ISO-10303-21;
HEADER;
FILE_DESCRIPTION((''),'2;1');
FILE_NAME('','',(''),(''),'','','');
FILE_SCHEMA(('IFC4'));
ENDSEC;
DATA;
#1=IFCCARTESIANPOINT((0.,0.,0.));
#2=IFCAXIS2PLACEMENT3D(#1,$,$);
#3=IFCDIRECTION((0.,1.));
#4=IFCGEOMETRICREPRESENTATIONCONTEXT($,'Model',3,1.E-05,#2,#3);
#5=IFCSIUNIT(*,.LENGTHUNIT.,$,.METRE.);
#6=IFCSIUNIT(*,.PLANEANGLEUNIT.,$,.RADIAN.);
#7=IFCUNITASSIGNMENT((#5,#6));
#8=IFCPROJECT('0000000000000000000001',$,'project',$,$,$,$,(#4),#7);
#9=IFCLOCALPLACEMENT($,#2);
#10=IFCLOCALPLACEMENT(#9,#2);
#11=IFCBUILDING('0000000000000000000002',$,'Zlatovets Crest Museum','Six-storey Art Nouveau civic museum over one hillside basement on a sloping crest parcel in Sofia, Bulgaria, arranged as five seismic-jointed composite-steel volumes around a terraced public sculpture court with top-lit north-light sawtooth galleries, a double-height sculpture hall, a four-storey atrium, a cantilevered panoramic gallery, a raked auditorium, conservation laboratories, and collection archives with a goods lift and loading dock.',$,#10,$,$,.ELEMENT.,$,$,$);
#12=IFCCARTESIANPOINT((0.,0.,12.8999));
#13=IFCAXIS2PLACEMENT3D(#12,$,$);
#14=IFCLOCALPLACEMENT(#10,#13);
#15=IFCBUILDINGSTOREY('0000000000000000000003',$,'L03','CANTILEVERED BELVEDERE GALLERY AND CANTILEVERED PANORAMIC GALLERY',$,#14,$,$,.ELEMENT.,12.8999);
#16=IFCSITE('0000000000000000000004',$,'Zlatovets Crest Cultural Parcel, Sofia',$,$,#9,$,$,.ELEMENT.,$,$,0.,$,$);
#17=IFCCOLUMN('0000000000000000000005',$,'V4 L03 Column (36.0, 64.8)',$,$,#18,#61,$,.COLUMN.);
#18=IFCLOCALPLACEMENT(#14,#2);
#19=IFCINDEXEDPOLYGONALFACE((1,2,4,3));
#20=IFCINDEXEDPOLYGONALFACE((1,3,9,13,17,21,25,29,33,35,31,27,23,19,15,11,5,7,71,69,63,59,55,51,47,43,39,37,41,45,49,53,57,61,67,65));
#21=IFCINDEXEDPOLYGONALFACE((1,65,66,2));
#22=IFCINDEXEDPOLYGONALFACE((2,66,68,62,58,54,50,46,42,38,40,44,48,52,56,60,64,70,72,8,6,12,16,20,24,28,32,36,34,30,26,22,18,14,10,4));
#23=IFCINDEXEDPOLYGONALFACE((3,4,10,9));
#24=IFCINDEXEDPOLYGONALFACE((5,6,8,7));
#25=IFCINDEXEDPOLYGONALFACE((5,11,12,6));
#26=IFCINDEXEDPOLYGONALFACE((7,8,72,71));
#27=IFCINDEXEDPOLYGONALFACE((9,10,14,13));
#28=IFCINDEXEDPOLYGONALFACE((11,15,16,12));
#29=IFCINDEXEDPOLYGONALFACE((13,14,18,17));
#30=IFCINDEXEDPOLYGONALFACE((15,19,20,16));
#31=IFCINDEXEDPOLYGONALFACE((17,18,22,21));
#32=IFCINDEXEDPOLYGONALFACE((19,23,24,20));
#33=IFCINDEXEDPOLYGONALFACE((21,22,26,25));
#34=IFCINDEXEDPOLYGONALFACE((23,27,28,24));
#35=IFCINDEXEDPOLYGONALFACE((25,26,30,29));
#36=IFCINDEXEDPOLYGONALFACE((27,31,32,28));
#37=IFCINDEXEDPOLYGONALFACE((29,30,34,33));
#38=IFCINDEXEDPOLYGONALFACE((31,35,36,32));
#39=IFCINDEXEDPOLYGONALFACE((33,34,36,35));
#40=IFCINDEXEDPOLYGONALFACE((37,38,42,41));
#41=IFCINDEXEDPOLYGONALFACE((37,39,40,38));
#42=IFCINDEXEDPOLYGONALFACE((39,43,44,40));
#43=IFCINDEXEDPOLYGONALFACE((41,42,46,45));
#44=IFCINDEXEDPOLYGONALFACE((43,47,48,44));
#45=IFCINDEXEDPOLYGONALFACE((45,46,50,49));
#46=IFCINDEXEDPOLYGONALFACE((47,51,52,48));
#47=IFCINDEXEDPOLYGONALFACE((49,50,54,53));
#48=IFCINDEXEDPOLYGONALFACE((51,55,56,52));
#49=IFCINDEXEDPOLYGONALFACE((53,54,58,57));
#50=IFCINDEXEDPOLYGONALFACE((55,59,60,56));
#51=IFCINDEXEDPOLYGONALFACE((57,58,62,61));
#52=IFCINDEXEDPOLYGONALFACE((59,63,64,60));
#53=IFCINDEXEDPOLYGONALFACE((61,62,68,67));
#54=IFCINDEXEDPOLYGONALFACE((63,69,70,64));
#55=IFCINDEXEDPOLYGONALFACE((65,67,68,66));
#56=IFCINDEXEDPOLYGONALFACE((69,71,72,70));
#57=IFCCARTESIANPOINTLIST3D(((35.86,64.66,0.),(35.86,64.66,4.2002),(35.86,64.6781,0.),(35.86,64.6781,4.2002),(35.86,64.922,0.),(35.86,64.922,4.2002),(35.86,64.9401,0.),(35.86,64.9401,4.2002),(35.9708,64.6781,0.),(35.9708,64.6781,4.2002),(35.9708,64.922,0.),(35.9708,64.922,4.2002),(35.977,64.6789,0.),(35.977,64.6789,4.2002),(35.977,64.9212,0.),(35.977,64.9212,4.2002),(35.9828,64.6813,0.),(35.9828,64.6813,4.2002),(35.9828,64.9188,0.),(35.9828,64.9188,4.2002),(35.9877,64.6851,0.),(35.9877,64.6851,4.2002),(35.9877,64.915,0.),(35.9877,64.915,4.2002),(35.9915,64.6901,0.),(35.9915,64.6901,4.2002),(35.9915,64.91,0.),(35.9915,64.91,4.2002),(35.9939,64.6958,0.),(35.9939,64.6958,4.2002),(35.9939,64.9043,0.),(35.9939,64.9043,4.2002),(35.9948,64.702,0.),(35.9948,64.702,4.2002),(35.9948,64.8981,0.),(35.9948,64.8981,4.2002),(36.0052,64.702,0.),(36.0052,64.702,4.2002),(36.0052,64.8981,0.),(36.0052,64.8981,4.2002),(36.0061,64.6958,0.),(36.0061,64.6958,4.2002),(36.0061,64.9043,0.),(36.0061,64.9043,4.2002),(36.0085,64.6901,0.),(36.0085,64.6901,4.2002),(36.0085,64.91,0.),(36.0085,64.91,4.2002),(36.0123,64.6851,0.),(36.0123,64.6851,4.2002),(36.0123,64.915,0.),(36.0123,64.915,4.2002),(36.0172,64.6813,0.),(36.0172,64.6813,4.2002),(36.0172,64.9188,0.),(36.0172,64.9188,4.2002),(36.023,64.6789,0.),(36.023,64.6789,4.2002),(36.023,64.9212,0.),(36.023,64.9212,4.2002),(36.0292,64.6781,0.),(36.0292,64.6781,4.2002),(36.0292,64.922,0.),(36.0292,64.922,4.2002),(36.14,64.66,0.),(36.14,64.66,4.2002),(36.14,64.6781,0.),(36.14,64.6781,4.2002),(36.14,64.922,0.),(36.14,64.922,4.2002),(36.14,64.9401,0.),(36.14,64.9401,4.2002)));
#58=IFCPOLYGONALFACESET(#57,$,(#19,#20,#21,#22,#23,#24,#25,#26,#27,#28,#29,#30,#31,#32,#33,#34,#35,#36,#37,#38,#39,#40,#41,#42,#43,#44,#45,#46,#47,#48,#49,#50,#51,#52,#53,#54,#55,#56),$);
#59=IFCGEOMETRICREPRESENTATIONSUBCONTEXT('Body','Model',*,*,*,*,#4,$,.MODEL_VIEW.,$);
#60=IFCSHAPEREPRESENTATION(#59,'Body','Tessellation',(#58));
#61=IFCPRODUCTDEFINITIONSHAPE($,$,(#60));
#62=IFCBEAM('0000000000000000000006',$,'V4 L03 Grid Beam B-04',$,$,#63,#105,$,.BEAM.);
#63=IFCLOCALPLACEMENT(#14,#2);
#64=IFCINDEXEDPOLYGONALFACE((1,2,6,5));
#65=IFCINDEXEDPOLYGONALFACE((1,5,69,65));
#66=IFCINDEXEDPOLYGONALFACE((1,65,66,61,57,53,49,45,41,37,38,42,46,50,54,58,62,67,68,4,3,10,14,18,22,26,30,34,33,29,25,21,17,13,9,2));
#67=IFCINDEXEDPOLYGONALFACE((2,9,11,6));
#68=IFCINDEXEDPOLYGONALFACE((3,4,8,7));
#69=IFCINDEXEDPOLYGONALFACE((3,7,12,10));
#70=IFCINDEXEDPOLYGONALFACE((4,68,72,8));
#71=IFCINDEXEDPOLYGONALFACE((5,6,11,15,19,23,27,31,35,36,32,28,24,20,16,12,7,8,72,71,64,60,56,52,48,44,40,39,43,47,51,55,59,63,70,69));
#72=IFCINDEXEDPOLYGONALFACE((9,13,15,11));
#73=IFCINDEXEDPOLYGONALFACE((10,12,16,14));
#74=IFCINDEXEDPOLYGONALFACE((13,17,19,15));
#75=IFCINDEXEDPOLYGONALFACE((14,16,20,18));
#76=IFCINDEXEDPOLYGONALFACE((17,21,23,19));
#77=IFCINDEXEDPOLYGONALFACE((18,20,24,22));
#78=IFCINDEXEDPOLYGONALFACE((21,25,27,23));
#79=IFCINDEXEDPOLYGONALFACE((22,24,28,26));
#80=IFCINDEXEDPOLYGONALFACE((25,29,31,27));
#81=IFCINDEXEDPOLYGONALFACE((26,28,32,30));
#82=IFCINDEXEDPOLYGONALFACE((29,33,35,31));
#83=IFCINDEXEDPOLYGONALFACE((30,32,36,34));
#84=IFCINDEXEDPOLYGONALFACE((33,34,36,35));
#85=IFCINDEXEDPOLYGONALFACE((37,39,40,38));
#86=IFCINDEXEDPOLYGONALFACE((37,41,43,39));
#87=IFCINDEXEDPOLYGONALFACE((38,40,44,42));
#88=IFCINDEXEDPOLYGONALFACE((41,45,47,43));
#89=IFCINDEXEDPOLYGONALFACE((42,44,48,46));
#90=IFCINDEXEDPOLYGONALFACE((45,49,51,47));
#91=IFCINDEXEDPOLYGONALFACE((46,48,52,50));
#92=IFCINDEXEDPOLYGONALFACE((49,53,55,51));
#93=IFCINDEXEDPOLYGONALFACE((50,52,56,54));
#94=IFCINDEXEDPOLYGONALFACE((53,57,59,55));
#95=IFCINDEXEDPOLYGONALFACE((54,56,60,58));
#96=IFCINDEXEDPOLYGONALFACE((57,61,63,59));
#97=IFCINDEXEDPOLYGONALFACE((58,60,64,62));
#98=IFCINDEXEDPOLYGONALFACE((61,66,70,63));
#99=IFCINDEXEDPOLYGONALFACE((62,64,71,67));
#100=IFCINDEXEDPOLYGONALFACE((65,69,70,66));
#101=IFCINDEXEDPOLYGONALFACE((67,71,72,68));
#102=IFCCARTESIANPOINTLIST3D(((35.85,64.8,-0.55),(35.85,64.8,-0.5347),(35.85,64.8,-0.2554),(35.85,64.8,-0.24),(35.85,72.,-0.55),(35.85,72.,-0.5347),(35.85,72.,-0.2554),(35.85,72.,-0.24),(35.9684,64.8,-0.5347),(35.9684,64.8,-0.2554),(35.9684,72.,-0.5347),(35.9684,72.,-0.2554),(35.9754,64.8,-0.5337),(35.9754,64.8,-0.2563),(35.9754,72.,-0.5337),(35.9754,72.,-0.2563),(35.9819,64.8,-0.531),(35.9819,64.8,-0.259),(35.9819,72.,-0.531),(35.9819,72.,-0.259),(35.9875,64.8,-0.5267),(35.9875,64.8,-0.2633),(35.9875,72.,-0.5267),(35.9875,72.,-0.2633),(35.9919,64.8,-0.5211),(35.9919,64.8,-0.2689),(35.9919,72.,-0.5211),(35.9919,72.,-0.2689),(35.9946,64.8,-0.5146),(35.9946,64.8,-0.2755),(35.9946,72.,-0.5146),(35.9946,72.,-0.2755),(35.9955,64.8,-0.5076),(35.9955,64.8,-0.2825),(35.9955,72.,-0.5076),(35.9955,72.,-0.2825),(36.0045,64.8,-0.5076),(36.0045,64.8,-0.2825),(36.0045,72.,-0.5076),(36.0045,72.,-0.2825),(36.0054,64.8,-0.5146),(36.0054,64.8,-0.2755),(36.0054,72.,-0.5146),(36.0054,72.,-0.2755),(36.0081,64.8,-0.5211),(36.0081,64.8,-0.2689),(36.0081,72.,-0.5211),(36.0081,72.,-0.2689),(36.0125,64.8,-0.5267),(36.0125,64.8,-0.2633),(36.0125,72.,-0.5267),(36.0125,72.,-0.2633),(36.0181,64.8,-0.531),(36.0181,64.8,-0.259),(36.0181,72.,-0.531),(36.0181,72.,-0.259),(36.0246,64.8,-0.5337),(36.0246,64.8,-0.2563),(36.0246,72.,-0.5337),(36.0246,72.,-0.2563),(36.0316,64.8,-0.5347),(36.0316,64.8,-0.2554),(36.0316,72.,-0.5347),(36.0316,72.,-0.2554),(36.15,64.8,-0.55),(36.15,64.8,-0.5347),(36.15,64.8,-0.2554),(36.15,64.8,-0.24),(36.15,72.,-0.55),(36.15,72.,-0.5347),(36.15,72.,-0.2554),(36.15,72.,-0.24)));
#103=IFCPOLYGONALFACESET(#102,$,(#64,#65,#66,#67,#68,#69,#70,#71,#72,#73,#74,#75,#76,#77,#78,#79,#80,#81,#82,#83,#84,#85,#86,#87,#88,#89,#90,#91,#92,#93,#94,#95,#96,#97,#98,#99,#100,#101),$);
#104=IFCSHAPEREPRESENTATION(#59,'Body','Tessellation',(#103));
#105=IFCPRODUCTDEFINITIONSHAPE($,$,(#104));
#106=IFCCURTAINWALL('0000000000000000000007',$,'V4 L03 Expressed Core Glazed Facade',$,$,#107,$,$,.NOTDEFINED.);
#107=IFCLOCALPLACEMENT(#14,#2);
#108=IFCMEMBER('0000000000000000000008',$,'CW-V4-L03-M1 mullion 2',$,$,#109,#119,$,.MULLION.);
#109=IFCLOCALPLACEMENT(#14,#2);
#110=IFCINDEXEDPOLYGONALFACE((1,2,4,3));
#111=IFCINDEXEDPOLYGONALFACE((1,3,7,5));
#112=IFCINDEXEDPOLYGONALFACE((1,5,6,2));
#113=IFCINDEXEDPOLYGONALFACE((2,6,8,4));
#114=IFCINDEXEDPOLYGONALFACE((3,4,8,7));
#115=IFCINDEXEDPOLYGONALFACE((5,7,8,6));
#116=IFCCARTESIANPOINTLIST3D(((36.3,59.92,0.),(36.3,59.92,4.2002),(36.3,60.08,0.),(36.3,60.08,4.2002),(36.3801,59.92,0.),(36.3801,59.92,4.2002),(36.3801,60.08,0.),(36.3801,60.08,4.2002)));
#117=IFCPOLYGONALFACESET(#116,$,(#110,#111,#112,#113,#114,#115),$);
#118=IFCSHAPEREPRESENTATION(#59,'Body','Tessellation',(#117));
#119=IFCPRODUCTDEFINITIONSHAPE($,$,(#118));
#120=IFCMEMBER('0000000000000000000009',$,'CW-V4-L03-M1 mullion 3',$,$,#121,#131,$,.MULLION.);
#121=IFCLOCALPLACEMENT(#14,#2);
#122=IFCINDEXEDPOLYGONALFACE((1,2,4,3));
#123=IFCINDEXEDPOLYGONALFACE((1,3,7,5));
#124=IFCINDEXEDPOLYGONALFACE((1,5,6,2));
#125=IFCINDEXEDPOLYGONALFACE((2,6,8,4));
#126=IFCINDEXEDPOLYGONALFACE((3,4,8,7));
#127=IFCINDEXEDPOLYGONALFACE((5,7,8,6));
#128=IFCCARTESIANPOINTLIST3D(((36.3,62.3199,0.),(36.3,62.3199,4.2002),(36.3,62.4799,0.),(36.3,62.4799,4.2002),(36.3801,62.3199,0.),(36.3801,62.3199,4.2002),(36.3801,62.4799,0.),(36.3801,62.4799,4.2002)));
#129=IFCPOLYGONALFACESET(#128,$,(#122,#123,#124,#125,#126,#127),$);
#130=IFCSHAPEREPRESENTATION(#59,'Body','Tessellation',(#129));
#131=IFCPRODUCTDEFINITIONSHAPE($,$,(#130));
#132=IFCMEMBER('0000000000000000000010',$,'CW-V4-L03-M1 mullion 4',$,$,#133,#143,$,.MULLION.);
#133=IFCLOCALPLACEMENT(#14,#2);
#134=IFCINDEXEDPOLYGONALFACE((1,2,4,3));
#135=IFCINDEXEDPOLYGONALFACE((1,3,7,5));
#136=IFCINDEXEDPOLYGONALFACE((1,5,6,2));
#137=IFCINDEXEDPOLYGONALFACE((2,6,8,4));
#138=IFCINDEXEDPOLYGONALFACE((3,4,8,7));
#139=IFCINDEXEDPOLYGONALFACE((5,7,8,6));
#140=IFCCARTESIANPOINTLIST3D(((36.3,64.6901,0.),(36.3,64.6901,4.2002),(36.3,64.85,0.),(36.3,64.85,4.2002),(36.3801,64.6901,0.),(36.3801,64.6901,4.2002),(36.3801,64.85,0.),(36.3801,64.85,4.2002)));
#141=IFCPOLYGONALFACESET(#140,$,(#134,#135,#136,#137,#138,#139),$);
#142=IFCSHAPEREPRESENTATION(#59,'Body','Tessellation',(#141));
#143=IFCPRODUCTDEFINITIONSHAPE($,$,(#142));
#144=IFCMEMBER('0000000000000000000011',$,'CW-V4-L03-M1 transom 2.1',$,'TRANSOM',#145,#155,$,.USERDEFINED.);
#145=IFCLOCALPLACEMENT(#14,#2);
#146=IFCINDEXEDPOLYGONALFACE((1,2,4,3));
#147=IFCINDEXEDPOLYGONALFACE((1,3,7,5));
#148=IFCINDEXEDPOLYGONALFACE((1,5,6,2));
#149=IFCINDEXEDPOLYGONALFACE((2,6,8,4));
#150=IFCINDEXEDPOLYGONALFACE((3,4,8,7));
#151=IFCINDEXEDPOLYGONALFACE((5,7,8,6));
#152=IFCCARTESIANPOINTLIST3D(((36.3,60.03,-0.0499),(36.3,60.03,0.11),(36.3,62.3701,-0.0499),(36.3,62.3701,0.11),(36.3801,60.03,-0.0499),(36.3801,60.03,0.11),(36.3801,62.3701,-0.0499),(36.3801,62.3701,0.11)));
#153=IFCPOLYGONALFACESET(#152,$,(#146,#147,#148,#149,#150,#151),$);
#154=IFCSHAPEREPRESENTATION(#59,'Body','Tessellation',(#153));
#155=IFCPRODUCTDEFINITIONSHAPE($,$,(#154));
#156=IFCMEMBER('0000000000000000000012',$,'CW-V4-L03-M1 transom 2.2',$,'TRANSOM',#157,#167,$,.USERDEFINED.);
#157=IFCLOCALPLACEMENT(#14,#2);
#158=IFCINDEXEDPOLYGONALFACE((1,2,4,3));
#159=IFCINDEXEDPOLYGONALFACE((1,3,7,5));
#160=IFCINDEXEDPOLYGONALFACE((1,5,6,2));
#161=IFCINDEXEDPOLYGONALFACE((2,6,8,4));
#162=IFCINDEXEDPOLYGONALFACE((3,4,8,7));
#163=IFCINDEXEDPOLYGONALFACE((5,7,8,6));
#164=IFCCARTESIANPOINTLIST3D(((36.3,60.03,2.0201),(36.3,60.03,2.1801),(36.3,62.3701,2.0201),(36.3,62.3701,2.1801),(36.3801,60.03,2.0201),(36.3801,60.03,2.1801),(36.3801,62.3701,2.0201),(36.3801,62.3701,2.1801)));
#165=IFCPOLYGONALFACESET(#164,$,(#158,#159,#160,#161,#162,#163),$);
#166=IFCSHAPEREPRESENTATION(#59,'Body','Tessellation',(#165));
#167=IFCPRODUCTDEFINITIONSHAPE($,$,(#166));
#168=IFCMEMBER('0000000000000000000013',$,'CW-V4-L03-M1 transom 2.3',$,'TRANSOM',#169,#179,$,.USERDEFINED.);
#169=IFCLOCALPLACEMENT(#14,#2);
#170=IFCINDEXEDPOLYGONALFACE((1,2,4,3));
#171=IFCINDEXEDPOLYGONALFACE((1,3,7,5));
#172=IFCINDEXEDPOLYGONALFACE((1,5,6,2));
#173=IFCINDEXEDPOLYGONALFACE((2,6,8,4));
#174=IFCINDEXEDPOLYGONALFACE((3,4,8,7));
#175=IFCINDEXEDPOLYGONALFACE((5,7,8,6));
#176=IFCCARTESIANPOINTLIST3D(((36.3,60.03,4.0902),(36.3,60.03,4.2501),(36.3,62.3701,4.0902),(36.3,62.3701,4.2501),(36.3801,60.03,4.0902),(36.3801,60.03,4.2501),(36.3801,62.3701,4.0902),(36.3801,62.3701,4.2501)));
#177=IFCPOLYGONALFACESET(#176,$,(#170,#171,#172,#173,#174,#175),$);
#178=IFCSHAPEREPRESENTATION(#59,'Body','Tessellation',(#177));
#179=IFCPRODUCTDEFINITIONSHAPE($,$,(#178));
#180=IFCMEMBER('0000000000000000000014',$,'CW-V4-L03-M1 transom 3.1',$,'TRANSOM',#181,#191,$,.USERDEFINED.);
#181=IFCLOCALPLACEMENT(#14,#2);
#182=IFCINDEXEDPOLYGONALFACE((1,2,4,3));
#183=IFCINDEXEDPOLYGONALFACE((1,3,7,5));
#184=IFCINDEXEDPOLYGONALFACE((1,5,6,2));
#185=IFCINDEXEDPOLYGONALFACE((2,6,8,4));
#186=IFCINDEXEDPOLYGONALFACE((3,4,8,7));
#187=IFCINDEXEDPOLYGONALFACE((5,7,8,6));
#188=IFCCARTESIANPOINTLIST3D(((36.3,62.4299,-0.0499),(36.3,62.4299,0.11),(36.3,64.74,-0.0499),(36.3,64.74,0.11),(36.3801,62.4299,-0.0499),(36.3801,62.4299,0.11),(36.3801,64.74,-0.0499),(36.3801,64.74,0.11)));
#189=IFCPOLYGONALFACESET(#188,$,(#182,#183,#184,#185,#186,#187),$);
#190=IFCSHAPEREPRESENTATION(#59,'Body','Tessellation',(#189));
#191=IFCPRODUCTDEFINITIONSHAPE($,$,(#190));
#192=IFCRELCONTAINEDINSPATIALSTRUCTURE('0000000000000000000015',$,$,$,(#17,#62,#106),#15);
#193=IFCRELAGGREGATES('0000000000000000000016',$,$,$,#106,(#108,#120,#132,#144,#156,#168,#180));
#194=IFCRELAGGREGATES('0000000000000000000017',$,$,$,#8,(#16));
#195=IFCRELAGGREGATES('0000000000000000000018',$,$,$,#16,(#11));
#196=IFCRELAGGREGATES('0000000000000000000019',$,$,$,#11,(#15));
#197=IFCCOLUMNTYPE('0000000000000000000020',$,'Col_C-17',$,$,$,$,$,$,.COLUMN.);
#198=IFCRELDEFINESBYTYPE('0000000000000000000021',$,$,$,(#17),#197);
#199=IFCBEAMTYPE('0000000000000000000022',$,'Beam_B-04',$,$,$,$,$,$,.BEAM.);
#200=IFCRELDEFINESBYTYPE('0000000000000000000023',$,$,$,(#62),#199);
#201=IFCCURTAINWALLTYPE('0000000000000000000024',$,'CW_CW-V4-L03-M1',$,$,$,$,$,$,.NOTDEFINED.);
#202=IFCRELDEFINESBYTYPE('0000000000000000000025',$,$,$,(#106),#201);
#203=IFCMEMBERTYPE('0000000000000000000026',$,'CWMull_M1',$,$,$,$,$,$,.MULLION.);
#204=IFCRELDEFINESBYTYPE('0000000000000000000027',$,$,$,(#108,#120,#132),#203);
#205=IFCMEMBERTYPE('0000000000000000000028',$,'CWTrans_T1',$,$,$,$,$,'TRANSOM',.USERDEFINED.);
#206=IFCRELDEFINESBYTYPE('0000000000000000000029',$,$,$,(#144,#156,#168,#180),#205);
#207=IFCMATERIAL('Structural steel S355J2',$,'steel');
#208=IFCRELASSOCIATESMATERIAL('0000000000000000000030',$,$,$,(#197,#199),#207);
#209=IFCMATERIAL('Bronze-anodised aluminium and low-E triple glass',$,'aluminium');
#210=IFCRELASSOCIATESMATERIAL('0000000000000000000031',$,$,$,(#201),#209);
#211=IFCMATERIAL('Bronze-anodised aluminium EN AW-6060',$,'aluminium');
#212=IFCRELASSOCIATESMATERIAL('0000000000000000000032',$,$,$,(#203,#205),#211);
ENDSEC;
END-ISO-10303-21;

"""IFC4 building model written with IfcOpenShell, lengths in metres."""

from ifc_helpers import new_model, si_unit, direction, frame, origin, origin_2d, place, context, subcontext, project, spatial, rectangle, i_section, extrude, material, material_profile, profile_set, type_object, element, aggregate, save


model = new_model("IFC4")

# Units and contexts
model_context = context("Model", 3, precision=1e-05, world=origin(), true_north=direction((0.0, 1.0)))
body_context = subcontext(model_context, "Body", "Model", "MODEL_VIEW")
ifc_project = project(units=[si_unit("LENGTHUNIT", "METRE"), si_unit("PLANEANGLEUNIT", "RADIAN")], contexts=[model_context])

# Site, building, storey
site_placement = place(None, origin())
site = spatial("IfcSite", under=ifc_project, at=site_placement, Name="Zlatovets Crest Cultural Parcel, Sofia", CompositionType="ELEMENT", RefElevation=0.0)
building_placement = place(site_placement, origin())
building = spatial("IfcBuilding", under=site, at=building_placement, Name="Zlatovets Crest Museum", Description="Six-storey Art Nouveau civic museum over one hillside basement on a sloping crest parcel in Sofia, Bulgaria, arranged as five seismic-jointed composite-steel volumes around a terraced public sculpture court with top-lit north-light sawtooth galleries, a double-height sculpture hall, a four-storey atrium, a cantilevered panoramic gallery, a raked auditorium, conservation laboratories, and collection archives with a goods lift and loading dock.", CompositionType="ELEMENT")
storey_placement = place(building_placement, frame((0.0, 0.0, 12.8999)))
storey = spatial("IfcBuildingStorey", under=building, at=storey_placement, Name="L03", Description="CANTILEVERED BELVEDERE GALLERY AND CANTILEVERED PANORAMIC GALLERY", CompositionType="ELEMENT", Elevation=12.8999)

# Column
ifc_material_1 = material(Name="Structural steel S355J2", Category="steel")
ifc_material_profile_1 = material_profile(ifc_material_1, i_section(OverallWidth=0.28, OverallDepth=0.28, WebThickness=0.0105, FlangeThickness=0.0181, FilletRadius=0.0239, at=origin_2d()), Name="HEB 280")
ifc_profile_set_1 = profile_set([ifc_material_profile_1], Name="Structural steel S355J2")
column_type = type_object("IfcColumnType", Name="Col_C-17", PredefinedType="COLUMN", material=ifc_profile_set_1)
column_placement = place(storey_placement, frame((36.0, 64.8, 0.0), z_axis=(0.0, 0.0, 1.0), x_axis=(1.0, 0.0, 0.0)))
element("IfcColumn", 1, at=column_placement, inside=storey, type_object=column_type, Name="V4 L03 Column (36.0, 64.8)", PredefinedType="COLUMN", context=body_context, shape_type="SweptSolid", body=[
    extrude(i_section(OverallWidth=0.28, OverallDepth=0.28, WebThickness=0.0105, FlangeThickness=0.0181, FilletRadius=0.0239, at=origin_2d()), origin(), (0.0, 0.0, 1.0), 4.2002),
])

# Beam
ifc_material_profile_2 = material_profile(ifc_material_1, i_section(OverallWidth=0.3, OverallDepth=0.3101, WebThickness=0.009, FlangeThickness=0.0154, FilletRadius=0.0271, at=origin_2d()), Name="HEA 320")
ifc_profile_set_2 = profile_set([ifc_material_profile_2], Name="Structural steel S355J2")
beam_type = type_object("IfcBeamType", Name="Beam_B-04", PredefinedType="BEAM", material=ifc_profile_set_2)
beam_placement = place(storey_placement, frame((36.0, 64.8, -0.395), z_axis=(0.0, 1.0, 0.0), x_axis=(-1.0, 0.0, 0.0)))
element("IfcBeam", 2, at=beam_placement, inside=storey, type_object=beam_type, Name="V4 L03 Grid Beam B-04", PredefinedType="BEAM", context=body_context, shape_type="SweptSolid", body=[
    extrude(i_section(OverallWidth=0.3, OverallDepth=0.3101, WebThickness=0.009, FlangeThickness=0.0154, FilletRadius=0.0271, at=origin_2d()), origin(), (0.0, 0.0, 1.0), 7.2),
])

# Curtain wall, members
ifc_material_2 = material(Name="Bronze-anodised aluminium and low-E triple glass", Category="aluminium")
curtain_wall_type = type_object("IfcCurtainWallType", Name="CW_CW-V4-L03-M1", PredefinedType="NOTDEFINED", material=ifc_material_2)
curtain_wall_placement = place(storey_placement, origin())
curtain_wall = element("IfcCurtainWall", 3, at=curtain_wall_placement, inside=storey, type_object=curtain_wall_type, Name="V4 L03 Expressed Core Glazed Facade", PredefinedType="NOTDEFINED")
ifc_material_3 = material(Name="Bronze-anodised aluminium EN AW-6060", Category="aluminium")
ifc_material_profile_3 = material_profile(ifc_material_3, rectangle(XDim=0.0801, YDim=0.1599, at=origin_2d()), Name="ALU 80x160")
ifc_profile_set_3 = profile_set([ifc_material_profile_3], Name="Bronze-anodised aluminium EN AW-6060")
member_type_1 = type_object("IfcMemberType", Name="CWMull_M1", PredefinedType="MULLION", material=ifc_profile_set_3)
member_1_placement = place(storey_placement, frame((36.3401, 60.0, 0.0), z_axis=(0.0, 0.0, 1.0), x_axis=(-1.0, 0.0, 0.0)))
member_1 = element("IfcMember", 4, at=member_1_placement, type_object=member_type_1, Name="CW-V4-L03-M1 mullion 2", PredefinedType="MULLION", context=body_context, shape_type="SweptSolid", body=[
    extrude(rectangle(XDim=0.0801, YDim=0.1599, at=origin_2d()), origin(), (0.0, 0.0, 1.0), 4.2002),
])
member_2_placement = place(storey_placement, frame((36.3401, 62.3999, 0.0), z_axis=(0.0, 0.0, 1.0), x_axis=(-1.0, 0.0, 0.0)))
member_2 = element("IfcMember", 5, at=member_2_placement, type_object=member_type_1, Name="CW-V4-L03-M1 mullion 3", PredefinedType="MULLION", context=body_context, shape_type="SweptSolid", body=[
    extrude(rectangle(XDim=0.0801, YDim=0.1599, at=origin_2d()), origin(), (0.0, 0.0, 1.0), 4.2002),
])
member_3_placement = place(storey_placement, frame((36.3401, 64.77, 0.0), z_axis=(0.0, 0.0, 1.0), x_axis=(-1.0, 0.0, 0.0)))
member_3 = element("IfcMember", 6, at=member_3_placement, type_object=member_type_1, Name="CW-V4-L03-M1 mullion 4", PredefinedType="MULLION", context=body_context, shape_type="SweptSolid", body=[
    extrude(rectangle(XDim=0.0801, YDim=0.1599, at=origin_2d()), origin(), (0.0, 0.0, 1.0), 4.2002),
])
ifc_material_profile_4 = material_profile(ifc_material_3, rectangle(XDim=0.0801, YDim=0.1599, at=origin_2d()), Name="ALU 80x160")
ifc_profile_set_4 = profile_set([ifc_material_profile_4], Name="Bronze-anodised aluminium EN AW-6060")
member_type_2 = type_object("IfcMemberType", Name="CWTrans_T1", ElementType="TRANSOM", PredefinedType="USERDEFINED", material=ifc_profile_set_4)
member_4_placement = place(storey_placement, frame((36.3401, 60.03, 0.03), z_axis=(0.0, 1.0, 0.0), x_axis=(-1.0, 0.0, 0.0)))
member_4 = element("IfcMember", 7, at=member_4_placement, type_object=member_type_2, Name="CW-V4-L03-M1 transom 2.1", ObjectType="TRANSOM", PredefinedType="USERDEFINED", context=body_context, shape_type="SweptSolid", body=[
    extrude(rectangle(XDim=0.0801, YDim=0.1599, at=origin_2d()), origin(), (0.0, 0.0, 1.0), 2.3401),
])
member_5_placement = place(storey_placement, frame((36.3401, 60.03, 2.1001), z_axis=(0.0, 1.0, 0.0), x_axis=(-1.0, 0.0, 0.0)))
member_5 = element("IfcMember", 8, at=member_5_placement, type_object=member_type_2, Name="CW-V4-L03-M1 transom 2.2", ObjectType="TRANSOM", PredefinedType="USERDEFINED", context=body_context, shape_type="SweptSolid", body=[
    extrude(rectangle(XDim=0.0801, YDim=0.1599, at=origin_2d()), origin(), (0.0, 0.0, 1.0), 2.3401),
])
member_6_placement = place(storey_placement, frame((36.3401, 60.03, 4.1702), z_axis=(0.0, 1.0, 0.0), x_axis=(-1.0, 0.0, 0.0)))
member_6 = element("IfcMember", 9, at=member_6_placement, type_object=member_type_2, Name="CW-V4-L03-M1 transom 2.3", ObjectType="TRANSOM", PredefinedType="USERDEFINED", context=body_context, shape_type="SweptSolid", body=[
    extrude(rectangle(XDim=0.0801, YDim=0.1599, at=origin_2d()), origin(), (0.0, 0.0, 1.0), 2.3401),
])
member_7_placement = place(storey_placement, frame((36.3401, 62.4299, 0.03), z_axis=(0.0, 1.0, 0.0), x_axis=(-1.0, 0.0, 0.0)))
member_7 = element("IfcMember", 10, at=member_7_placement, type_object=member_type_2, Name="CW-V4-L03-M1 transom 3.1", ObjectType="TRANSOM", PredefinedType="USERDEFINED", context=body_context, shape_type="SweptSolid", body=[
    extrude(rectangle(XDim=0.0801, YDim=0.1599, at=origin_2d()), origin(), (0.0, 0.0, 1.0), 2.3101),
])

aggregate(curtain_wall, [member_1, member_2, member_3, member_4, member_5, member_6, member_7])

save(model, "model.ifc")
